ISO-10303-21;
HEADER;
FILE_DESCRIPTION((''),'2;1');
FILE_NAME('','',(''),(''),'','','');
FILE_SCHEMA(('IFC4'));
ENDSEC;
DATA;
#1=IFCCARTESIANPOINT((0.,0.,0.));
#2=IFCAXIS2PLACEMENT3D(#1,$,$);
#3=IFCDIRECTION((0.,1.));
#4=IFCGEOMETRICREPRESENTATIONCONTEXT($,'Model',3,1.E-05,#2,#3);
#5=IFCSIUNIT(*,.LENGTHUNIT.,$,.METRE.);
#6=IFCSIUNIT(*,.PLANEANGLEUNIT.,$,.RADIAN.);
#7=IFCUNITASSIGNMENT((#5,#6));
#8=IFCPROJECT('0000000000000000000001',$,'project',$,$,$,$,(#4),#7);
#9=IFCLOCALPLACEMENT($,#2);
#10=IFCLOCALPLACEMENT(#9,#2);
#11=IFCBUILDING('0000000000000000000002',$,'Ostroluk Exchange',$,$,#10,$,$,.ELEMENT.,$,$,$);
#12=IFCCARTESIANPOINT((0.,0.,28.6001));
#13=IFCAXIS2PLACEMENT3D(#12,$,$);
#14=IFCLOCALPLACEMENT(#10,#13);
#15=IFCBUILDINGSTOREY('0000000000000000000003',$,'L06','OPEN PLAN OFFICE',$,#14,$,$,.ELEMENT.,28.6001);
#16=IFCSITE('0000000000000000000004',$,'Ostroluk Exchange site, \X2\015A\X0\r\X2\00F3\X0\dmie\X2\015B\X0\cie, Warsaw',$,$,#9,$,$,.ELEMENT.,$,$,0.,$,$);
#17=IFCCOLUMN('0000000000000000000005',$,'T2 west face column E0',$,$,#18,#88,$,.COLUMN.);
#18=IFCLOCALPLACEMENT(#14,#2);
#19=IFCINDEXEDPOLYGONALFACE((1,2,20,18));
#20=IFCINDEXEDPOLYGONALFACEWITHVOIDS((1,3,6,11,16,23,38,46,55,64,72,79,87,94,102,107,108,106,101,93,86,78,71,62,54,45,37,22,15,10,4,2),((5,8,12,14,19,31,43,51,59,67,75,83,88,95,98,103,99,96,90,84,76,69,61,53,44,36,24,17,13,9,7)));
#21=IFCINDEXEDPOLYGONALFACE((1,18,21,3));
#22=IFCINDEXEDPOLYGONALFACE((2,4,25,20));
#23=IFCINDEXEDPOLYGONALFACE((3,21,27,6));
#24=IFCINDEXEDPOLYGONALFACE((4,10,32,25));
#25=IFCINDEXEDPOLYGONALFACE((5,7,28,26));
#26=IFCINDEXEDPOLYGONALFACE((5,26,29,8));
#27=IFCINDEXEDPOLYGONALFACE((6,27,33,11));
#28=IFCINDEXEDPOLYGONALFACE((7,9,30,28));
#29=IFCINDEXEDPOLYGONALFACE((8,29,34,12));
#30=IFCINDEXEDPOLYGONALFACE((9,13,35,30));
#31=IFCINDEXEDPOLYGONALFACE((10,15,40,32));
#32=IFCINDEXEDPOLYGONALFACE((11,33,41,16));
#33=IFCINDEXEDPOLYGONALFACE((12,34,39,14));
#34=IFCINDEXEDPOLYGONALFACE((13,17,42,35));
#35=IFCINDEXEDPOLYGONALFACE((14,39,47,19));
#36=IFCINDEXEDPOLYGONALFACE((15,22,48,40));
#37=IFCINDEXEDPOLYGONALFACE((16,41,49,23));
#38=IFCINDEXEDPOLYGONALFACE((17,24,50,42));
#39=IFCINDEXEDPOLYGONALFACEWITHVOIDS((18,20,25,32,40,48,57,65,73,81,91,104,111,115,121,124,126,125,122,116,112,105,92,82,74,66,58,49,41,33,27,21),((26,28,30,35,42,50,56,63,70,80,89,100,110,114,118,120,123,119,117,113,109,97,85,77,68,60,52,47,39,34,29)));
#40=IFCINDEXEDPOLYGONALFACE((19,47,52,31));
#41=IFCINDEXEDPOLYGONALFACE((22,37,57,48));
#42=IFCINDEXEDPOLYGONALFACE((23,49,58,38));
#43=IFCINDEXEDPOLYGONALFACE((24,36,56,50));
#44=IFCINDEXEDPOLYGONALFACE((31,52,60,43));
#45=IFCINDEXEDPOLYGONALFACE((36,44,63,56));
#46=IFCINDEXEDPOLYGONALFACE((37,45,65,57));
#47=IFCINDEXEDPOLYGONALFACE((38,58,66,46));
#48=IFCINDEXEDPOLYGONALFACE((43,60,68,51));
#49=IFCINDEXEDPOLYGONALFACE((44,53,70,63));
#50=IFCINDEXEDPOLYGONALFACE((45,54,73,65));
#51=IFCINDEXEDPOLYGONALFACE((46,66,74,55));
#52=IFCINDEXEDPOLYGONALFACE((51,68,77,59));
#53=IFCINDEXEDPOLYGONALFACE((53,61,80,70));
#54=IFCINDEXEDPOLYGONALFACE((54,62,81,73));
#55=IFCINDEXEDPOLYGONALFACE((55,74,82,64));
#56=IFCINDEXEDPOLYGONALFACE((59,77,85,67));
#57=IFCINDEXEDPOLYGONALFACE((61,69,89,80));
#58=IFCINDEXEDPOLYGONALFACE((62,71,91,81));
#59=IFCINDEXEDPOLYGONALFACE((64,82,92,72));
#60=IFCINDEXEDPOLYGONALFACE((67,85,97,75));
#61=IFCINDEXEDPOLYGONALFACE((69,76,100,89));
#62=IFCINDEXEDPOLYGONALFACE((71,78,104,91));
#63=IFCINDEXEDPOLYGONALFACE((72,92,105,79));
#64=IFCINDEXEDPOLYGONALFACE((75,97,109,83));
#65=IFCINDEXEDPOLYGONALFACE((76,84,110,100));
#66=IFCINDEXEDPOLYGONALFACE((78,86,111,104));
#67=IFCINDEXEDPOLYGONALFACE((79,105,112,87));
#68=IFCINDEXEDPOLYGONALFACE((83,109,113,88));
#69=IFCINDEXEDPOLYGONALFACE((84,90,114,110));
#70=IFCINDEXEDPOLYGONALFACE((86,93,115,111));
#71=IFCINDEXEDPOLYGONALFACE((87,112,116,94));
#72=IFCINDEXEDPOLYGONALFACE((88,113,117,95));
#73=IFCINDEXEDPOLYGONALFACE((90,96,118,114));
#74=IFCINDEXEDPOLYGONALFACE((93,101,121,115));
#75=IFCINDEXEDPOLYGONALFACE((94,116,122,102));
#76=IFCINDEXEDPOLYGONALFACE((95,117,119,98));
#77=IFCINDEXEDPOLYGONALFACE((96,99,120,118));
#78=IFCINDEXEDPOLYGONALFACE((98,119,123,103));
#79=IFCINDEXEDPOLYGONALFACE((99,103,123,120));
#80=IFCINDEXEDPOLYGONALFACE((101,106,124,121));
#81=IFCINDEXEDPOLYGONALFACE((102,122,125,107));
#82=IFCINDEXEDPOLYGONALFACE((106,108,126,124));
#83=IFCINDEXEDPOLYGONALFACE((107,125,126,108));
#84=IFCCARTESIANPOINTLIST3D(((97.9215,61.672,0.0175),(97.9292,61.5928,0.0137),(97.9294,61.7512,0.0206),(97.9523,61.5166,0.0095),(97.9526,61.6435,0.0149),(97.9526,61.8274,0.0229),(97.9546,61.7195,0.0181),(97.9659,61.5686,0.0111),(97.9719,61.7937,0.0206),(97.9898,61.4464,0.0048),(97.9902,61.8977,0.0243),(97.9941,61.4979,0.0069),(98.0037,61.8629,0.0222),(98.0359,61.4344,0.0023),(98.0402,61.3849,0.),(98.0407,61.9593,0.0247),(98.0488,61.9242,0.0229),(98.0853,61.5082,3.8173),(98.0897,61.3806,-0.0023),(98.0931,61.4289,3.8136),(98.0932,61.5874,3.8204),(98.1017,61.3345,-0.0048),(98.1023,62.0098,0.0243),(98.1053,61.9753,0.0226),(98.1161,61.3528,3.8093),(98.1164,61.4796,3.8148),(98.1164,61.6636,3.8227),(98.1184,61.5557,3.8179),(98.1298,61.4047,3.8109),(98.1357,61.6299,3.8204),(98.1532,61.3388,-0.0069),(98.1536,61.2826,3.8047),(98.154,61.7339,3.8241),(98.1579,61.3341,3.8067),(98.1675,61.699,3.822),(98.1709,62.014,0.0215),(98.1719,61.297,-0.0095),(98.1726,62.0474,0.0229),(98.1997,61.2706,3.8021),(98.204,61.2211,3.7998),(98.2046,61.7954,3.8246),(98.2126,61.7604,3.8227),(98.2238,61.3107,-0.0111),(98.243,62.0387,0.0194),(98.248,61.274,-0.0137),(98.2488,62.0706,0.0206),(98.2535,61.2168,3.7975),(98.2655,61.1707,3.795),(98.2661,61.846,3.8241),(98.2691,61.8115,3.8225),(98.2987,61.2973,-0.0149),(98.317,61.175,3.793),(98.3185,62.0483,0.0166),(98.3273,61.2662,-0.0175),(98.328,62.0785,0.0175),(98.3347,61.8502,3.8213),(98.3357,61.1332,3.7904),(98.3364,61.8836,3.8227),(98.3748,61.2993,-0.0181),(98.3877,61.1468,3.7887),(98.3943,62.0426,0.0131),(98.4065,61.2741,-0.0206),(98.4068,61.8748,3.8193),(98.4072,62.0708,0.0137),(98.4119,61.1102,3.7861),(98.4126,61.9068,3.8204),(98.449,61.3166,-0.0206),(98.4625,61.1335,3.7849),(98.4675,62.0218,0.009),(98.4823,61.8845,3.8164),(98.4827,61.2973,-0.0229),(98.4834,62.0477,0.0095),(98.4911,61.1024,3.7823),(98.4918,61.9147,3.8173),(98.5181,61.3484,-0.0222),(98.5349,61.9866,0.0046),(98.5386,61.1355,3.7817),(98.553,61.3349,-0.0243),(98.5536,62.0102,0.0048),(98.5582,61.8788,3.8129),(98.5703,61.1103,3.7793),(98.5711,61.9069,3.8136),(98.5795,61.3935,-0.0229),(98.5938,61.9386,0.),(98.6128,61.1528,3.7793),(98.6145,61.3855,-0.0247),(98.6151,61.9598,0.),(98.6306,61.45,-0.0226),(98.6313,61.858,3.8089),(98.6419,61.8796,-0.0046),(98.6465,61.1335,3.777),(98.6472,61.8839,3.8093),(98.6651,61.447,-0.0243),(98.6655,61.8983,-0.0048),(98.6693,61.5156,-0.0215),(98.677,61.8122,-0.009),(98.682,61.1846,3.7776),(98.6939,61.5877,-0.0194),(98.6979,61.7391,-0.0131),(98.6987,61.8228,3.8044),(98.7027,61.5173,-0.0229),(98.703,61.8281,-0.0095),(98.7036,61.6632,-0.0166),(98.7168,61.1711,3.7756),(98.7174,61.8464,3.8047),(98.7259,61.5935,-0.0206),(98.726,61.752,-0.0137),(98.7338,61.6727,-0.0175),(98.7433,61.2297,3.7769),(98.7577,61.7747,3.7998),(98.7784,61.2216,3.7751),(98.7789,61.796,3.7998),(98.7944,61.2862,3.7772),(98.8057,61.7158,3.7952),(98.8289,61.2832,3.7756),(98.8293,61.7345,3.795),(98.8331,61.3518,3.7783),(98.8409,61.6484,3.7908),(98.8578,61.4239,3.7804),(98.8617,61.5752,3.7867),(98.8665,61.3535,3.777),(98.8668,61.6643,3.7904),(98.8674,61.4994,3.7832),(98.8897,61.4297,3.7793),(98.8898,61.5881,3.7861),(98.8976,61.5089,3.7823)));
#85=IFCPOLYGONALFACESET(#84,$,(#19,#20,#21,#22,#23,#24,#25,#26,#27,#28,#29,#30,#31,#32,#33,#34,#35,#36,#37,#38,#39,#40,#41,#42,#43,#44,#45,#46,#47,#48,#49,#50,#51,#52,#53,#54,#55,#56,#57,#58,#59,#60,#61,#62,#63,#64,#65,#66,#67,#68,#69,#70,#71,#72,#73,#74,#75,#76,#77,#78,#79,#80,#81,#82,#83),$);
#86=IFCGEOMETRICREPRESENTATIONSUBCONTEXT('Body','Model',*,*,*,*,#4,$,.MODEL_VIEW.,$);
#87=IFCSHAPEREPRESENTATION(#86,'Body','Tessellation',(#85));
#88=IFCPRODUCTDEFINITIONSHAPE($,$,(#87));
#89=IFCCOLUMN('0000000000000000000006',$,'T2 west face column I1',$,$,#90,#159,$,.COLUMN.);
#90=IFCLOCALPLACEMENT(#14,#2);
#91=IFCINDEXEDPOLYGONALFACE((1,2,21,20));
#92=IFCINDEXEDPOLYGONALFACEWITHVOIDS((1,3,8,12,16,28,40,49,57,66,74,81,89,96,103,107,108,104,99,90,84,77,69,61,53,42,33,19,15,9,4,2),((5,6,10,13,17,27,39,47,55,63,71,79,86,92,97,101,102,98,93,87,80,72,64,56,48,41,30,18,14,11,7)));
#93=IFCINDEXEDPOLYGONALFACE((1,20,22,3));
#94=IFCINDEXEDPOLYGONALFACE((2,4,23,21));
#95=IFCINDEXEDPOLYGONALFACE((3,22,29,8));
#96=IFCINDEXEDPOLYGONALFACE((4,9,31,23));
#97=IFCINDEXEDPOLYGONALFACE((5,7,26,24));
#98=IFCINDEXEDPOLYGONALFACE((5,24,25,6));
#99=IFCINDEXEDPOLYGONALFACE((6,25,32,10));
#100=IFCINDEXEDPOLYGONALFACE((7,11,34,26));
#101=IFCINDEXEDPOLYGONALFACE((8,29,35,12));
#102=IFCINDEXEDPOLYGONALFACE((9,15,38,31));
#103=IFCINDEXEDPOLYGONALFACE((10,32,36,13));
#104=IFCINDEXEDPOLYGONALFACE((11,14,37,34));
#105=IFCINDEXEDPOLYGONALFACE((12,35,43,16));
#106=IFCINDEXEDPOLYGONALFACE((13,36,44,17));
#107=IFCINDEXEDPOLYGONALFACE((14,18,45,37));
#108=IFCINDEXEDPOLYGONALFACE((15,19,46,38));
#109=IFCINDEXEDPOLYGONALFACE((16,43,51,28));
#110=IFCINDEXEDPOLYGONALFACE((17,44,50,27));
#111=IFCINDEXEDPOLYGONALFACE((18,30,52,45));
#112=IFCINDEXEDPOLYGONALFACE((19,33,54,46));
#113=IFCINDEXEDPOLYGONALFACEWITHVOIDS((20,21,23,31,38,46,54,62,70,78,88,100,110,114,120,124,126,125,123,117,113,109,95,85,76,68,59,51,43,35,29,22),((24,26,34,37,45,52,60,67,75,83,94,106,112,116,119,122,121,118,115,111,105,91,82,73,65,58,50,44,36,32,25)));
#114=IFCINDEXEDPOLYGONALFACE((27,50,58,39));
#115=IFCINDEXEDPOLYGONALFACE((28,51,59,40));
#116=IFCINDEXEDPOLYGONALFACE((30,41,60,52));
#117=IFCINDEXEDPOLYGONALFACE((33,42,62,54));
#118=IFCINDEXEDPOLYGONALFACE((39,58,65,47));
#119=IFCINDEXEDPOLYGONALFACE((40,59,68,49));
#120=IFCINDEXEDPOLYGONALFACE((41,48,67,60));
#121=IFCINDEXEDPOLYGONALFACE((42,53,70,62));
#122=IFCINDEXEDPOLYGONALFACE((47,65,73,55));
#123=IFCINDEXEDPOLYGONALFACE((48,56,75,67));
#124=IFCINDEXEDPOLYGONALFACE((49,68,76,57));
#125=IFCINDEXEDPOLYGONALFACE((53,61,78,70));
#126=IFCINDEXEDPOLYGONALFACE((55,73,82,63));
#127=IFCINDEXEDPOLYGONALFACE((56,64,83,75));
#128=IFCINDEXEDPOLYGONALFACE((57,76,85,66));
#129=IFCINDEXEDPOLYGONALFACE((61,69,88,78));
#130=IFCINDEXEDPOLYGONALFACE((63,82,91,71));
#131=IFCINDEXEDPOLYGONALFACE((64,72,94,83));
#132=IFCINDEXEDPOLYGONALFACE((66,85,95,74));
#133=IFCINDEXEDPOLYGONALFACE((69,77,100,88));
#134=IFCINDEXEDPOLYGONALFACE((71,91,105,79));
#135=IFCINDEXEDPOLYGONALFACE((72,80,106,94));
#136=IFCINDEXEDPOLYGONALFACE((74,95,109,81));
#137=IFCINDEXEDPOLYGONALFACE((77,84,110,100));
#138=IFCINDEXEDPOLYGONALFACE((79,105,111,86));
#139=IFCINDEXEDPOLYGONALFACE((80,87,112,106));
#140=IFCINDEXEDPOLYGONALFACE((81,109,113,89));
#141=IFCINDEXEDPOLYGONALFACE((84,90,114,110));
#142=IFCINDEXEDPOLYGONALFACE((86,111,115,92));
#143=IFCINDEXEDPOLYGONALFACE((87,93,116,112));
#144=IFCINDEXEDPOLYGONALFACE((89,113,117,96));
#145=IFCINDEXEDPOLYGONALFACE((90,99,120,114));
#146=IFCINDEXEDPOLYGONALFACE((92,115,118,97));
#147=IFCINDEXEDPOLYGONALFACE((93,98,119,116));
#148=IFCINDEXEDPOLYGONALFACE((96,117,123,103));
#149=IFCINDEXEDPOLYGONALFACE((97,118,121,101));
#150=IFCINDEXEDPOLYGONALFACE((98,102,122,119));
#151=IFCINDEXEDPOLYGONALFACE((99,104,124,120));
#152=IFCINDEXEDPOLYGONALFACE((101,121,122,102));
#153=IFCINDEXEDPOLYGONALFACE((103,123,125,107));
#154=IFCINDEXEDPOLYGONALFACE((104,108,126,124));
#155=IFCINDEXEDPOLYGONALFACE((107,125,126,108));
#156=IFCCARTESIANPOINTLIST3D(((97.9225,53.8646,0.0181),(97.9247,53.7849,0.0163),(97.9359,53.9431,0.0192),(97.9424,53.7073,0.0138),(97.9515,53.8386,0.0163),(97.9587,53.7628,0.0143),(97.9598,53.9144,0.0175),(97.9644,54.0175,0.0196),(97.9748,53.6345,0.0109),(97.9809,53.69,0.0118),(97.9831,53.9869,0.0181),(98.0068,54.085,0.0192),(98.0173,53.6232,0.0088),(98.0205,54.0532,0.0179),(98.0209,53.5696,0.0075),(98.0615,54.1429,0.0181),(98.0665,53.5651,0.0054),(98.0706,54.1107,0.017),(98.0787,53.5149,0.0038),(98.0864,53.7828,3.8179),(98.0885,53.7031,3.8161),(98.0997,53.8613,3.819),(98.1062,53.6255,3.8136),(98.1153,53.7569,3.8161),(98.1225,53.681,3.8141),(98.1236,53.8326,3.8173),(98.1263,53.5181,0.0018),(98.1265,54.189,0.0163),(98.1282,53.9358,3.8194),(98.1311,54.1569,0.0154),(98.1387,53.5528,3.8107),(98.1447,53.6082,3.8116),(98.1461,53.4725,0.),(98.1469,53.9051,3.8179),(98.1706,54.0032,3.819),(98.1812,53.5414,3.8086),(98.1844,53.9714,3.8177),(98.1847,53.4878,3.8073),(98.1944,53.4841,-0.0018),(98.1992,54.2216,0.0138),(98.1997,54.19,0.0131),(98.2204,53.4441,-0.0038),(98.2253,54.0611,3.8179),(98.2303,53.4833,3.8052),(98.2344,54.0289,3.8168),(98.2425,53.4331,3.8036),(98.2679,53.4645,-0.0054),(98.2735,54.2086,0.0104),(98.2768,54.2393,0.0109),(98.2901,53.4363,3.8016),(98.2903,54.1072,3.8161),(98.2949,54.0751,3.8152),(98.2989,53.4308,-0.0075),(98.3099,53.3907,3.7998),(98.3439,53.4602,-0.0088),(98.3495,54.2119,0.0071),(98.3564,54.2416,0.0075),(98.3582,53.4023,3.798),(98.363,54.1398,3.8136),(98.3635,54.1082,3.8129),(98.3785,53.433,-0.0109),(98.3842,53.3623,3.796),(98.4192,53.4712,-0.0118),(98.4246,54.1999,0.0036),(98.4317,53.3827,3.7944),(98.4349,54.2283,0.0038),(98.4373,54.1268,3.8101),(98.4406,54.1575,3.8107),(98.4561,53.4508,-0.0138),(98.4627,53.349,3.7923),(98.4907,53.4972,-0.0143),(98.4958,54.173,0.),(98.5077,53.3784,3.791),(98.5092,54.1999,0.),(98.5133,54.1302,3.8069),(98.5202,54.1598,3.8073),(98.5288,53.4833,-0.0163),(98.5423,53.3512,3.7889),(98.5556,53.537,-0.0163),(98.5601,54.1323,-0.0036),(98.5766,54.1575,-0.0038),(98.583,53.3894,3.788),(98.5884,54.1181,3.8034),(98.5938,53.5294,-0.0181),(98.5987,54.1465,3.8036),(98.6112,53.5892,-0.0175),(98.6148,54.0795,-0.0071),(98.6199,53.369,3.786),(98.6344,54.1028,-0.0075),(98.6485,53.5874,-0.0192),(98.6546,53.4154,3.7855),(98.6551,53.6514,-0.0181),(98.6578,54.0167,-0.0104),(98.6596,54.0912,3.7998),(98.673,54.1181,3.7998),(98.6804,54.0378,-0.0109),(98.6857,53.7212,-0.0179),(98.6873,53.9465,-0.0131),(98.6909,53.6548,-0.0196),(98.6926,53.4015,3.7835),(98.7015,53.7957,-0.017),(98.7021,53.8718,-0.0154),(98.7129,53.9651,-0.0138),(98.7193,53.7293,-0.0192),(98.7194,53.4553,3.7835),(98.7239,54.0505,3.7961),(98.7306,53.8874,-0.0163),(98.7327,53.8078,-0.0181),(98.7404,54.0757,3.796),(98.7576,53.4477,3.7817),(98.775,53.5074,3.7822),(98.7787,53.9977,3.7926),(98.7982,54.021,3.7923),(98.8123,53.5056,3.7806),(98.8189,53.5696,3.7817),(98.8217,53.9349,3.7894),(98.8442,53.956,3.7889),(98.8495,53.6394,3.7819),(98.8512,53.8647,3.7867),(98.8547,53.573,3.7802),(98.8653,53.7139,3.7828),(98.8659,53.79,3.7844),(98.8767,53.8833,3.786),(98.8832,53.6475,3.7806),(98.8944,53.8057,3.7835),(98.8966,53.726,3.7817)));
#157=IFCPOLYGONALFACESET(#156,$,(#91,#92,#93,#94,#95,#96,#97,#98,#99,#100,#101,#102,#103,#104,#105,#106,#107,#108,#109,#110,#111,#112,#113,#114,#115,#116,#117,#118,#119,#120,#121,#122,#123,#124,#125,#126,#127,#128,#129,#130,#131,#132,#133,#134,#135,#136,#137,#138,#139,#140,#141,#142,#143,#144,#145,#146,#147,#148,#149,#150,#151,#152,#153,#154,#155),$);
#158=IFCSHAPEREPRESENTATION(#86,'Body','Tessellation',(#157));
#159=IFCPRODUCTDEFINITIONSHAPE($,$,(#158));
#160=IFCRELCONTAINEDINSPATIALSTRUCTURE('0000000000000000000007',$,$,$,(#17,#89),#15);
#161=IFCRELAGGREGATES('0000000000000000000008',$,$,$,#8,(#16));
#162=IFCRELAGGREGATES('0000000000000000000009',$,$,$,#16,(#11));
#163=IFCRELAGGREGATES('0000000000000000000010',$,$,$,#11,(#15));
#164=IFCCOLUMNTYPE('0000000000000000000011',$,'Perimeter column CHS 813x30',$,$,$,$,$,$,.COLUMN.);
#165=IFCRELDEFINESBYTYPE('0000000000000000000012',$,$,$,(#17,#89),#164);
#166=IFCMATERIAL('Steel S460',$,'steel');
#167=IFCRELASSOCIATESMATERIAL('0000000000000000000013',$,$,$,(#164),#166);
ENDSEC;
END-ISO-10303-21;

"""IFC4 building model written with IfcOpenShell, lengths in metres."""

from ifc_helpers import new_model, si_unit, direction, frame, origin, origin_2d, place, context, subcontext, project, spatial, hollow_circle, extrude, material, material_profile, profile_set, type_object, element, save


model = new_model("IFC4")

# Units and contexts
model_context = context("Model", 3, precision=1e-05, world=origin(), true_north=direction((0.0, 1.0)))
body_context = subcontext(model_context, "Body", "Model", "MODEL_VIEW")
ifc_project = project(units=[si_unit("LENGTHUNIT", "METRE"), si_unit("PLANEANGLEUNIT", "RADIAN")], contexts=[model_context])

# Site, building, storey
site_placement = place(None, origin())
site = spatial("IfcSite", under=ifc_project, at=site_placement, Name="Ostroluk Exchange site, Śródmieście, Warsaw", CompositionType="ELEMENT", RefElevation=0.0)
building_placement = place(site_placement, origin())
building = spatial("IfcBuilding", under=site, at=building_placement, Name="Ostroluk Exchange", CompositionType="ELEMENT")
storey_placement = place(building_placement, frame((0.0, 0.0, 28.6001)))
storey = spatial("IfcBuildingStorey", under=building, at=storey_placement, Name="L06", Description="OPEN PLAN OFFICE", CompositionType="ELEMENT", Elevation=28.6001)

# Columns
ifc_material_1 = material(Name="Steel S460", Category="steel")
ifc_material_profile_1 = material_profile(ifc_material_1, hollow_circle(Radius=0.4065, WallThickness=0.03, at=origin_2d()), Name="CHS 813x30")
ifc_profile_set_1 = profile_set([ifc_material_profile_1], Name="Steel S460")
column_type = type_object("IfcColumnType", Name="Perimeter column CHS 813x30", PredefinedType="COLUMN", material=ifc_profile_set_1)
column_1_placement = place(storey_placement, frame((98.3276, 61.6724, 0.0), z_axis=(0.043032, -0.043032, 0.998146), x_axis=(0.707107, 0.707107, 0.0)))
element("IfcColumn", 1, at=column_1_placement, inside=storey, type_object=column_type, Name="T2 west face column E0", PredefinedType="COLUMN", context=body_context, shape_type="SweptSolid", body=[
    extrude(hollow_circle(Radius=0.4065, WallThickness=0.03, at=origin_2d()), origin(), (0.0, 0.0, 1.0), 3.8069),
])
column_2_placement = place(storey_placement, frame((98.3276, 53.8362, 0.0), z_axis=(0.043062, -0.021499, 0.998841), x_axis=(0.44668, 0.894694, 0.0)))
element("IfcColumn", 2, at=column_2_placement, inside=storey, type_object=column_type, Name="T2 west face column I1", PredefinedType="COLUMN", context=body_context, shape_type="SweptSolid", body=[
    extrude(hollow_circle(Radius=0.4065, WallThickness=0.03, at=origin_2d()), origin(), (0.0, 0.0, 1.0), 3.8042),
])

save(model, "model.ifc")
